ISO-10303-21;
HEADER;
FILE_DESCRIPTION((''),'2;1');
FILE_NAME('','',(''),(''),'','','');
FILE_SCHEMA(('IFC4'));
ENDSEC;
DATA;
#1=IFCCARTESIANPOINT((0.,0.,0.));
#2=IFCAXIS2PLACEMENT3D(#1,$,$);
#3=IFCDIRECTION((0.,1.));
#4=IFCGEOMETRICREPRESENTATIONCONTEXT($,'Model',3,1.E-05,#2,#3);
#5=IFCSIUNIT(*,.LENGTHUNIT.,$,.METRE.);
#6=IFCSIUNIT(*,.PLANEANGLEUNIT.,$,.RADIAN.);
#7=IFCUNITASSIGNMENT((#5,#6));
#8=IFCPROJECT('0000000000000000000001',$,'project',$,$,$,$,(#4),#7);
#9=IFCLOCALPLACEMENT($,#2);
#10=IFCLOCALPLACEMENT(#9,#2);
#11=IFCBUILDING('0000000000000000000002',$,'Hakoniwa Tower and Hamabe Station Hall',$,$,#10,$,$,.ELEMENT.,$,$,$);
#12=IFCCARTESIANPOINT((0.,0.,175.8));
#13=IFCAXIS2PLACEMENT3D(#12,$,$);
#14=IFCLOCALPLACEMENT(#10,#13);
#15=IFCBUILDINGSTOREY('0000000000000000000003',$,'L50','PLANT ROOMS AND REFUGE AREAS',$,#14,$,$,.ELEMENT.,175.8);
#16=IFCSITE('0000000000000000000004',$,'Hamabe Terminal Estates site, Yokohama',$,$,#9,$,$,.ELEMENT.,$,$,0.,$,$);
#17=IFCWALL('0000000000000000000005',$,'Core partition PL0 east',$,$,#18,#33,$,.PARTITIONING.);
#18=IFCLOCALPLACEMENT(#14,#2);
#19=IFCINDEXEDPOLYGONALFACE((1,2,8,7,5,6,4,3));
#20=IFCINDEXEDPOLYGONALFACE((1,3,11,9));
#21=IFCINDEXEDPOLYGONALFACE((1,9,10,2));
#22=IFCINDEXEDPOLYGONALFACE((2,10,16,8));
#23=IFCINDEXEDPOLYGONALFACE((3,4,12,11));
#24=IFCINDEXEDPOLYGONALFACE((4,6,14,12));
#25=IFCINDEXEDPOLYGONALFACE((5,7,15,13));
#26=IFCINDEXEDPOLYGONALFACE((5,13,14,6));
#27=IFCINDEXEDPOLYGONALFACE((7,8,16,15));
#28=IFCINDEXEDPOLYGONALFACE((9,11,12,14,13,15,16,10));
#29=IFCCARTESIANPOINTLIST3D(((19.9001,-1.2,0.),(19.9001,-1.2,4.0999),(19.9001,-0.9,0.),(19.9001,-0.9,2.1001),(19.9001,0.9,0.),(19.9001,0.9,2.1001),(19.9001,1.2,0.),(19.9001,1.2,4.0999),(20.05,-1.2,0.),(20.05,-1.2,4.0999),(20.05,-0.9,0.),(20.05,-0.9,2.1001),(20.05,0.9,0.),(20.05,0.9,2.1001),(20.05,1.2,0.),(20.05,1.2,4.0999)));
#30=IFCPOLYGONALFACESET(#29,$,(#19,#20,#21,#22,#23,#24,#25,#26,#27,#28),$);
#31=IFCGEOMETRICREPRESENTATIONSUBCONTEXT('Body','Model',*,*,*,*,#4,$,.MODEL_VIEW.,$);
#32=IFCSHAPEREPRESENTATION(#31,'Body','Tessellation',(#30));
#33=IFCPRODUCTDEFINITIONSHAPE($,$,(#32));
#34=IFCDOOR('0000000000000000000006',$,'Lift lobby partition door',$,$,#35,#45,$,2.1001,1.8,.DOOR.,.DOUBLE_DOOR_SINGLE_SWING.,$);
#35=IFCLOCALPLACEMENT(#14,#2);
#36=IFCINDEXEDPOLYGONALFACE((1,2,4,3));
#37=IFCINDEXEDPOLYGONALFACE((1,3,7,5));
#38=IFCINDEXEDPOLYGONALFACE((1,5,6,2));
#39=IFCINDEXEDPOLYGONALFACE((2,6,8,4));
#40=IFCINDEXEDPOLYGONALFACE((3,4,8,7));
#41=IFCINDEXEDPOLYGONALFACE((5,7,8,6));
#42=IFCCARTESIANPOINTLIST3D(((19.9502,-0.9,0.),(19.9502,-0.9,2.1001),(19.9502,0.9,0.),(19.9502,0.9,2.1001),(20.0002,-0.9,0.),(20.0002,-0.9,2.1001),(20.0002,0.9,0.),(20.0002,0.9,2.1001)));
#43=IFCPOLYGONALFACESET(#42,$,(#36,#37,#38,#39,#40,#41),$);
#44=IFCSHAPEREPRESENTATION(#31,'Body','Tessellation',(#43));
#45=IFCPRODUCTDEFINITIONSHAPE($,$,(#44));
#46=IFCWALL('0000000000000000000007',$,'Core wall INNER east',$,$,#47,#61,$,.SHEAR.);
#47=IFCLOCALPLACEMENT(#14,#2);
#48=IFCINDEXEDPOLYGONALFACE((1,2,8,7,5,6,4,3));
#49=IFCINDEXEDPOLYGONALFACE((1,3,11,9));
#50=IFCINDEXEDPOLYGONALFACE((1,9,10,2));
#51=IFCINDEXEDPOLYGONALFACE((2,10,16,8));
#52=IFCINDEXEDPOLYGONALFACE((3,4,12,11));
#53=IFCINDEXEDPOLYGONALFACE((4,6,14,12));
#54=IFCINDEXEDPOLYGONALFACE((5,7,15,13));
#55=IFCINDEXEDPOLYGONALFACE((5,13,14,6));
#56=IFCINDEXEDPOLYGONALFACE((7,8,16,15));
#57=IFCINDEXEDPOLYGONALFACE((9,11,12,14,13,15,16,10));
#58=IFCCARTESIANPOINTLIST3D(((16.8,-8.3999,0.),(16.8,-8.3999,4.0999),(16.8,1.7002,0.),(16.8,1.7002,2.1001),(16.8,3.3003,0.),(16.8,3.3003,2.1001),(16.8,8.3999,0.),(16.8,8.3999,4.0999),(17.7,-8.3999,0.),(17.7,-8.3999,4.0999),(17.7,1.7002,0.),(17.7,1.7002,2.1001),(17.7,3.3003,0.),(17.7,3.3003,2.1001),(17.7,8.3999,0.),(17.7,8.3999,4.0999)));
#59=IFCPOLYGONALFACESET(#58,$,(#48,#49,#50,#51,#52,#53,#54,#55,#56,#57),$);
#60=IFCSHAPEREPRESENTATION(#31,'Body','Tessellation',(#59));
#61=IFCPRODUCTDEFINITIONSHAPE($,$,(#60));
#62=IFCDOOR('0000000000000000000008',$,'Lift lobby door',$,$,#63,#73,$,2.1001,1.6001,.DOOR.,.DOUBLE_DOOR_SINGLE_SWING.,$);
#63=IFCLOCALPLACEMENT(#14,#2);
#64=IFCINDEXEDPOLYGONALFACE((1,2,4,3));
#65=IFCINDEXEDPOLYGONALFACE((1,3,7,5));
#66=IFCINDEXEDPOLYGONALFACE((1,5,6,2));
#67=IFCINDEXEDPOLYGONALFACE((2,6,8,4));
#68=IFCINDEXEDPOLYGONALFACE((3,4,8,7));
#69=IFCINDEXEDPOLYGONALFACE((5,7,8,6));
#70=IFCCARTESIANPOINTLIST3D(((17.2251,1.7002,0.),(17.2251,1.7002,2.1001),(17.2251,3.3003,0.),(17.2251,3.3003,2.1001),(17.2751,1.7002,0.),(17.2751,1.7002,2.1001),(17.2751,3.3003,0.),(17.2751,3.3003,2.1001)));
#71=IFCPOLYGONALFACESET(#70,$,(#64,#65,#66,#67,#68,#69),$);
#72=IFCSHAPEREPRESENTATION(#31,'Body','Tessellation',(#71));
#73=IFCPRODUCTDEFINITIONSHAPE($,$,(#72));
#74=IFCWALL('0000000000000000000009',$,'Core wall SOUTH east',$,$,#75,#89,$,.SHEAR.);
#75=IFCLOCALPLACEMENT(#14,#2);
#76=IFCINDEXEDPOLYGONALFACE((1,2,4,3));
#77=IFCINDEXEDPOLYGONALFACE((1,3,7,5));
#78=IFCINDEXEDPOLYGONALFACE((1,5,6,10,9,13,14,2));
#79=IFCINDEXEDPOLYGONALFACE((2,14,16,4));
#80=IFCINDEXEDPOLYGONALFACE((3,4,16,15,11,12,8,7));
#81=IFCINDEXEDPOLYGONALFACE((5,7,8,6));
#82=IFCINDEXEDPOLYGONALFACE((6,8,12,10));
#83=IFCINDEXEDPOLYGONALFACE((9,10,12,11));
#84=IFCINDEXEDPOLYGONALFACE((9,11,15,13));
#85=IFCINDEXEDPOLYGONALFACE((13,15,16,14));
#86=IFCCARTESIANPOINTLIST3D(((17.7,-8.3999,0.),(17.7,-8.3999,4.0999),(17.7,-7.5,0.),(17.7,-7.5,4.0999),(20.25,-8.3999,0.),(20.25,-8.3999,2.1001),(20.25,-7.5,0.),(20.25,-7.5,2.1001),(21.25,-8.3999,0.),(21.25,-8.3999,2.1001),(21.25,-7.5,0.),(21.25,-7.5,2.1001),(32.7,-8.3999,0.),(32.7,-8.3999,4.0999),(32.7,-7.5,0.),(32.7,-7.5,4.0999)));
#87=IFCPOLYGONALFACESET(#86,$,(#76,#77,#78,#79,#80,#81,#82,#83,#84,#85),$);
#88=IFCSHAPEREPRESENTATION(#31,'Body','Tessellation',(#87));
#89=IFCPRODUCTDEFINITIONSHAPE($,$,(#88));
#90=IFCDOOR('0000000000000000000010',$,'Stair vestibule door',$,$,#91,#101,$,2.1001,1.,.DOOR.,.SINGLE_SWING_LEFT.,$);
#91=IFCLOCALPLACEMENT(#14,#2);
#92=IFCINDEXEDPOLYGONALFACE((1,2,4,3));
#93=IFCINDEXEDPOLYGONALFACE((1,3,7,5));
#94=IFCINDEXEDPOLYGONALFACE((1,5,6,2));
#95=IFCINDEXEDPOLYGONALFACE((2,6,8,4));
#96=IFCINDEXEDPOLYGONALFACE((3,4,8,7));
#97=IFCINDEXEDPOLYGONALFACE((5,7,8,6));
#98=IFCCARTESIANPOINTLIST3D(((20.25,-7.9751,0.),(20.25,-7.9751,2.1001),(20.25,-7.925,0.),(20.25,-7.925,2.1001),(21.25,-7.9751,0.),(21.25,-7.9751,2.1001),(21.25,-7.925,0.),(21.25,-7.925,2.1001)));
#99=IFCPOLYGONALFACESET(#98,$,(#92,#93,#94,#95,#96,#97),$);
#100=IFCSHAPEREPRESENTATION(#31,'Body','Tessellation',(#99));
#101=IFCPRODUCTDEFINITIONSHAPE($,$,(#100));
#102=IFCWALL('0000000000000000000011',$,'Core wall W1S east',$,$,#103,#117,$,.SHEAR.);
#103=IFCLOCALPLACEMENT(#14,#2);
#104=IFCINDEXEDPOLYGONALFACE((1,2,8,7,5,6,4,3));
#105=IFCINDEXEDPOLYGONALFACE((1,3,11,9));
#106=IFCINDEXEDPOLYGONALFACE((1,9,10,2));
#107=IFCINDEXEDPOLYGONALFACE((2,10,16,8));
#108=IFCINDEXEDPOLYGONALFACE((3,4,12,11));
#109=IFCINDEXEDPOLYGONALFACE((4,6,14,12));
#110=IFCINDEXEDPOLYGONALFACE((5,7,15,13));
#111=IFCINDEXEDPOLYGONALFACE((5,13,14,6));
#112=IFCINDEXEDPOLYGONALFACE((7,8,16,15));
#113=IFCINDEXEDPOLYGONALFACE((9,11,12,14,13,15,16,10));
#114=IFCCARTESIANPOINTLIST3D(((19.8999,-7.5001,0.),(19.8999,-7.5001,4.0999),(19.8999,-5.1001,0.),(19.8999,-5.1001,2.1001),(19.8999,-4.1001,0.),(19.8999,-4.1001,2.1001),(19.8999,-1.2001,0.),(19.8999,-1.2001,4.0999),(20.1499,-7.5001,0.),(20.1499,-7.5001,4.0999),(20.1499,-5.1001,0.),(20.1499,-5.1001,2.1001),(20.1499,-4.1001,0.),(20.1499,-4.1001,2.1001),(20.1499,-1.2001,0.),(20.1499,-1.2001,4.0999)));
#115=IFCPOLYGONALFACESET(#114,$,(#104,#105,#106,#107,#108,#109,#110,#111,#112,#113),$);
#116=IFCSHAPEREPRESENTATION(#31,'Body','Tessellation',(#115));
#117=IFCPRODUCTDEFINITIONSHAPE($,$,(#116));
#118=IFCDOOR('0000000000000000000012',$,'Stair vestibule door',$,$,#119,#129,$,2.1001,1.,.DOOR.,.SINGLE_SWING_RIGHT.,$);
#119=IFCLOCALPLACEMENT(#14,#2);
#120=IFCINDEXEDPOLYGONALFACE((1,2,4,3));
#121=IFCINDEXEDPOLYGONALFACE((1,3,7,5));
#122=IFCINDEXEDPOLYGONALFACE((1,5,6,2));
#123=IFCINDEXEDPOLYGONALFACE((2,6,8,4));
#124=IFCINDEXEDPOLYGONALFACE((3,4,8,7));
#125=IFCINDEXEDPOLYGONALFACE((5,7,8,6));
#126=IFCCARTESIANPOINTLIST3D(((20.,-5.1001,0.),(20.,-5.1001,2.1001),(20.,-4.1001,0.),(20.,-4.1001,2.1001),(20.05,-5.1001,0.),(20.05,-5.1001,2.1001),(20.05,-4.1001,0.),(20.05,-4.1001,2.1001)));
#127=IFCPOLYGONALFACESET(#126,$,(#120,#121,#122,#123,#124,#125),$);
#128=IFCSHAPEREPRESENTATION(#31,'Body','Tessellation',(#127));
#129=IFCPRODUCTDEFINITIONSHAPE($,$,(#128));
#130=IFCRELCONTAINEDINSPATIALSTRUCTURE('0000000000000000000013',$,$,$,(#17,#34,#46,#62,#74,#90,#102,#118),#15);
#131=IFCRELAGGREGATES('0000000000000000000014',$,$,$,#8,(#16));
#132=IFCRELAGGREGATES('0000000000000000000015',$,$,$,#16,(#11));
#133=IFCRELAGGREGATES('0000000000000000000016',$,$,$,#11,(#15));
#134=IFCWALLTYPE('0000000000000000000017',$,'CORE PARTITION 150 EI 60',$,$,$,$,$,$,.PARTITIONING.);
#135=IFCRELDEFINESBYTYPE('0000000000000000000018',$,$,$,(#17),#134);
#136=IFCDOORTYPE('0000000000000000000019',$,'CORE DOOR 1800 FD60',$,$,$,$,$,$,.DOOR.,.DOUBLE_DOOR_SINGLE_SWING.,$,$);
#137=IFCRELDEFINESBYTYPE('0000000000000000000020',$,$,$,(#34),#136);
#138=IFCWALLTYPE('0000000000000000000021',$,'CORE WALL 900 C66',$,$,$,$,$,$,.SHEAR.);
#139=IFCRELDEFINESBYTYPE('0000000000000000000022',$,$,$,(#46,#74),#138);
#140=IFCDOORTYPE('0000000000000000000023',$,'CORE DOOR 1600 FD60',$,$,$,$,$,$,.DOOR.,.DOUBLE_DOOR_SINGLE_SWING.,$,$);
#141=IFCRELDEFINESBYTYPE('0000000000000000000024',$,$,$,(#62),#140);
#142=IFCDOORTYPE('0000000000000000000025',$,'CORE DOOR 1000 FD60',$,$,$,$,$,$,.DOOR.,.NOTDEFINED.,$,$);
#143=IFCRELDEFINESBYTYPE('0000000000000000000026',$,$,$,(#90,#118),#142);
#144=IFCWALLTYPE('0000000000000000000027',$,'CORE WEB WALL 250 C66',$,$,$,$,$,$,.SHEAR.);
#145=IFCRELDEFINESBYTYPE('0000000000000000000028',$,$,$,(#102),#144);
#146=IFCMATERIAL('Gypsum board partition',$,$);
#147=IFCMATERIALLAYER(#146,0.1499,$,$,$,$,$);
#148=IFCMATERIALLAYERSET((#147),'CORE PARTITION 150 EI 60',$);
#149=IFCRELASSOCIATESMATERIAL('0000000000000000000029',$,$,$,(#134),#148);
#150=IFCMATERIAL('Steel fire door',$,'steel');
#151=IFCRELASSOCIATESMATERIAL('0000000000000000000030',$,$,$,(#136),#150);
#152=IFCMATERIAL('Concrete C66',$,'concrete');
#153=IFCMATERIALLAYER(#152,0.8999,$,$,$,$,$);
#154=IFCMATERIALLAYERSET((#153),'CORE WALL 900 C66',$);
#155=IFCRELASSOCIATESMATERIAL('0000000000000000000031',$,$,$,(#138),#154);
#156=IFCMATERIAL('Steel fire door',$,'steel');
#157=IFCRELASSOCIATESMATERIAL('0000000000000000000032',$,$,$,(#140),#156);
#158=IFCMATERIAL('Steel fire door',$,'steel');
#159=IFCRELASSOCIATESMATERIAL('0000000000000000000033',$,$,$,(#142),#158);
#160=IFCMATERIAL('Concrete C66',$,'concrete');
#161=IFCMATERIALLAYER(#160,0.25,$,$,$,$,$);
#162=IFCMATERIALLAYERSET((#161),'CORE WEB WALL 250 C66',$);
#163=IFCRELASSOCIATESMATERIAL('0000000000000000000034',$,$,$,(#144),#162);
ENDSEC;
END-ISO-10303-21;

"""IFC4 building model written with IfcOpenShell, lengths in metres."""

from ifc_helpers import new_model, si_unit, direction, frame, frame_2d, origin, place, context, subcontext, project, spatial, rectangle, extrude, material, layer, layer_set, type_object, element, fill, save


model = new_model("IFC4")

# Units and contexts
model_context = context("Model", 3, precision=1e-05, world=origin(), true_north=direction((0.0, 1.0)))
body_context = subcontext(model_context, "Body", "Model", "MODEL_VIEW")
ifc_project = project(units=[si_unit("LENGTHUNIT", "METRE"), si_unit("PLANEANGLEUNIT", "RADIAN")], contexts=[model_context])

# Site, building, storey
site_placement = place(None, origin())
site = spatial("IfcSite", under=ifc_project, at=site_placement, Name="Hamabe Terminal Estates site, Yokohama", CompositionType="ELEMENT", RefElevation=0.0)
building_placement = place(site_placement, origin())
building = spatial("IfcBuilding", under=site, at=building_placement, Name="Hakoniwa Tower and Hamabe Station Hall", CompositionType="ELEMENT")
storey_placement = place(building_placement, frame((0.0, 0.0, 175.8)))
storey = spatial("IfcBuildingStorey", under=building, at=storey_placement, Name="L50", Description="PLANT ROOMS AND REFUGE AREAS", CompositionType="ELEMENT", Elevation=175.8)

# Walls, openings, doors
ifc_material_1 = material(Name="Gypsum board partition")
ifc_layer_1 = layer(ifc_material_1, 0.1499)
ifc_layer_set_1 = layer_set([ifc_layer_1], Name="CORE PARTITION 150 EI 60")
wall_type_1 = type_object("IfcWallType", Name="CORE PARTITION 150 EI 60", PredefinedType="PARTITIONING", material=ifc_layer_set_1)
wall_1_placement = place(storey_placement, frame((19.9751, -1.2, 0.0), z_axis=(0.0, 0.0, 1.0), x_axis=(0.0, 1.0, 0.0)))
wall_1 = element("IfcWall", 1, at=wall_1_placement, inside=storey, type_object=wall_type_1, Name="Core partition PL0 east", PredefinedType="PARTITIONING", context=body_context, shape_type="SweptSolid", body=[
    extrude(rectangle(XDim=2.3999, YDim=0.1499, at=frame_2d((1.2, 0.0))), origin(), (0.0, 0.0, 1.0), 4.0999),
])
opening_1_placement = place(wall_1_placement, frame((0.3, 0.0, 0.0)))
opening_1 = element("IfcOpeningElement", 2, at=opening_1_placement, cuts=wall_1, PredefinedType="OPENING", context=body_context, shape_type="SweptSolid", body=[
    extrude(rectangle(XDim=1.8, YDim=2.1001, at=frame_2d((0.8999, 1.05))), frame((0.0, 0.085, 0.0), z_axis=(0.0, -1.0, 0.0), x_axis=(1.0, 0.0, 0.0)), (0.0, 0.0, 1.0), 0.1699),
])
ifc_material_2 = material(Name="Steel fire door", Category="steel")
door_type_1 = type_object("IfcDoorType", Name="CORE DOOR 1800 FD60", OperationType="DOUBLE_DOOR_SINGLE_SWING", PredefinedType="DOOR", material=ifc_material_2)
door_1_placement = place(opening_1_placement, origin())
door_1 = element("IfcDoor", 3, at=door_1_placement, inside=storey, type_object=door_type_1, Name="Lift lobby partition door", OperationType="DOUBLE_DOOR_SINGLE_SWING", OverallHeight=2.1001, OverallWidth=1.8, PredefinedType="DOOR", context=body_context, shape_type="SweptSolid", body=[
    extrude(rectangle(XDim=1.8, YDim=2.1001, at=frame_2d((0.8999, 1.05))), frame((0.0, 0.0249, 0.0), z_axis=(0.0, -1.0, 0.0), x_axis=(1.0, 0.0, 0.0)), (0.0, 0.0, 1.0), 0.05),
])
fill(opening_1, door_1)
ifc_material_3 = material(Name="Concrete C66", Category="concrete")
ifc_layer_2 = layer(ifc_material_3, 0.8999)
ifc_layer_set_2 = layer_set([ifc_layer_2], Name="CORE WALL 900 C66")
wall_type_2 = type_object("IfcWallType", Name="CORE WALL 900 C66", PredefinedType="SHEAR", material=ifc_layer_set_2)
wall_2_placement = place(storey_placement, frame((17.25, -8.3999, 0.0), z_axis=(0.0, 0.0, 1.0), x_axis=(0.0, 1.0, 0.0)))
wall_2 = element("IfcWall", 4, at=wall_2_placement, inside=storey, type_object=wall_type_2, Name="Core wall INNER east", PredefinedType="SHEAR", context=body_context, shape_type="SweptSolid", body=[
    extrude(rectangle(XDim=16.7998, YDim=0.8999, at=frame_2d((8.3999, 0.0))), origin(), (0.0, 0.0, 1.0), 4.0999),
])
opening_2_placement = place(wall_2_placement, frame((10.1001, 0.0, 0.0)))
opening_2 = element("IfcOpeningElement", 5, at=opening_2_placement, cuts=wall_2, PredefinedType="OPENING", context=body_context, shape_type="SweptSolid", body=[
    extrude(rectangle(XDim=1.6001, YDim=2.1001, at=frame_2d((0.8, 1.05))), frame((0.0, 0.46, 0.0), z_axis=(0.0, -1.0, 0.0), x_axis=(1.0, 0.0, 0.0)), (0.0, 0.0, 1.0), 0.9199),
])
ifc_material_4 = material(Name="Steel fire door", Category="steel")
door_type_2 = type_object("IfcDoorType", Name="CORE DOOR 1600 FD60", OperationType="DOUBLE_DOOR_SINGLE_SWING", PredefinedType="DOOR", material=ifc_material_4)
door_2_placement = place(opening_2_placement, origin())
door_2 = element("IfcDoor", 6, at=door_2_placement, inside=storey, type_object=door_type_2, Name="Lift lobby door", OperationType="DOUBLE_DOOR_SINGLE_SWING", OverallHeight=2.1001, OverallWidth=1.6001, PredefinedType="DOOR", context=body_context, shape_type="SweptSolid", body=[
    extrude(rectangle(XDim=1.6001, YDim=2.1001, at=frame_2d((0.8, 1.05))), frame((0.0, 0.0249, 0.0), z_axis=(0.0, -1.0, 0.0), x_axis=(1.0, 0.0, 0.0)), (0.0, 0.0, 1.0), 0.05),
])
fill(opening_2, door_2)
wall_3_placement = place(storey_placement, frame((17.7, -7.95, 0.0), z_axis=(0.0, 0.0, 1.0), x_axis=(1.0, 0.0, 0.0)))
wall_3 = element("IfcWall", 7, at=wall_3_placement, inside=storey, type_object=wall_type_2, Name="Core wall SOUTH east", PredefinedType="SHEAR", context=body_context, shape_type="SweptSolid", body=[
    extrude(rectangle(XDim=15.0, YDim=0.8999, at=frame_2d((7.5, 0.0))), origin(), (0.0, 0.0, 1.0), 4.0999),
])
opening_3_placement = place(wall_3_placement, frame((2.55, 0.0, 0.0)))
opening_3 = element("IfcOpeningElement", 8, at=opening_3_placement, cuts=wall_3, PredefinedType="OPENING", context=body_context, shape_type="SweptSolid", body=[
    extrude(rectangle(XDim=1.0, YDim=2.1001, at=frame_2d((0.5, 1.05))), frame((0.0, 0.46, 0.0), z_axis=(0.0, -1.0, 0.0), x_axis=(1.0, 0.0, 0.0)), (0.0, 0.0, 1.0), 0.9199),
])
ifc_material_5 = material(Name="Steel fire door", Category="steel")
door_type_3 = type_object("IfcDoorType", Name="CORE DOOR 1000 FD60", OperationType="NOTDEFINED", PredefinedType="DOOR", material=ifc_material_5)
door_3_placement = place(opening_3_placement, origin())
door_3 = element("IfcDoor", 9, at=door_3_placement, inside=storey, type_object=door_type_3, Name="Stair vestibule door", OperationType="SINGLE_SWING_LEFT", OverallHeight=2.1001, OverallWidth=1.0, PredefinedType="DOOR", context=body_context, shape_type="SweptSolid", body=[
    extrude(rectangle(XDim=1.0, YDim=2.1001, at=frame_2d((0.5, 1.05))), frame((0.0, 0.0249, 0.0), z_axis=(0.0, -1.0, 0.0), x_axis=(1.0, 0.0, 0.0)), (0.0, 0.0, 1.0), 0.05),
])
fill(opening_3, door_3)
ifc_material_6 = material(Name="Concrete C66", Category="concrete")
ifc_layer_3 = layer(ifc_material_6, 0.25)
ifc_layer_set_3 = layer_set([ifc_layer_3], Name="CORE WEB WALL 250 C66")
wall_type_3 = type_object("IfcWallType", Name="CORE WEB WALL 250 C66", PredefinedType="SHEAR", material=ifc_layer_set_3)
wall_4_placement = place(storey_placement, frame((20.0249, -7.5, 0.0), z_axis=(0.0, 0.0, 1.0), x_axis=(0.0, 1.0, 0.0)))
wall_4 = element("IfcWall", 10, at=wall_4_placement, inside=storey, type_object=wall_type_3, Name="Core wall W1S east", PredefinedType="SHEAR", context=body_context, shape_type="SweptSolid", body=[
    extrude(rectangle(XDim=6.3, YDim=0.25, at=frame_2d((3.1499, 0.0))), origin(), (0.0, 0.0, 1.0), 4.0999),
])
opening_4_placement = place(wall_4_placement, frame((2.3999, 0.0, 0.0)))
opening_4 = element("IfcOpeningElement", 11, at=opening_4_placement, cuts=wall_4, PredefinedType="OPENING", context=body_context, shape_type="SweptSolid", body=[
    extrude(rectangle(XDim=1.0, YDim=2.1001, at=frame_2d((0.5, 1.05))), frame((0.0, 0.135, 0.0), z_axis=(0.0, -1.0, 0.0), x_axis=(1.0, 0.0, 0.0)), (0.0, 0.0, 1.0), 0.27),
])
door_4_placement = place(opening_4_placement, origin())
door_4 = element("IfcDoor", 12, at=door_4_placement, inside=storey, type_object=door_type_3, Name="Stair vestibule door", OperationType="SINGLE_SWING_RIGHT", OverallHeight=2.1001, OverallWidth=1.0, PredefinedType="DOOR", context=body_context, shape_type="SweptSolid", body=[
    extrude(rectangle(XDim=1.0, YDim=2.1001, at=frame_2d((0.5, 1.05))), frame((0.0, 0.0249, 0.0), z_axis=(0.0, -1.0, 0.0), x_axis=(1.0, 0.0, 0.0)), (0.0, 0.0, 1.0), 0.05),
])
fill(opening_4, door_4)

save(model, "model.ifc")
